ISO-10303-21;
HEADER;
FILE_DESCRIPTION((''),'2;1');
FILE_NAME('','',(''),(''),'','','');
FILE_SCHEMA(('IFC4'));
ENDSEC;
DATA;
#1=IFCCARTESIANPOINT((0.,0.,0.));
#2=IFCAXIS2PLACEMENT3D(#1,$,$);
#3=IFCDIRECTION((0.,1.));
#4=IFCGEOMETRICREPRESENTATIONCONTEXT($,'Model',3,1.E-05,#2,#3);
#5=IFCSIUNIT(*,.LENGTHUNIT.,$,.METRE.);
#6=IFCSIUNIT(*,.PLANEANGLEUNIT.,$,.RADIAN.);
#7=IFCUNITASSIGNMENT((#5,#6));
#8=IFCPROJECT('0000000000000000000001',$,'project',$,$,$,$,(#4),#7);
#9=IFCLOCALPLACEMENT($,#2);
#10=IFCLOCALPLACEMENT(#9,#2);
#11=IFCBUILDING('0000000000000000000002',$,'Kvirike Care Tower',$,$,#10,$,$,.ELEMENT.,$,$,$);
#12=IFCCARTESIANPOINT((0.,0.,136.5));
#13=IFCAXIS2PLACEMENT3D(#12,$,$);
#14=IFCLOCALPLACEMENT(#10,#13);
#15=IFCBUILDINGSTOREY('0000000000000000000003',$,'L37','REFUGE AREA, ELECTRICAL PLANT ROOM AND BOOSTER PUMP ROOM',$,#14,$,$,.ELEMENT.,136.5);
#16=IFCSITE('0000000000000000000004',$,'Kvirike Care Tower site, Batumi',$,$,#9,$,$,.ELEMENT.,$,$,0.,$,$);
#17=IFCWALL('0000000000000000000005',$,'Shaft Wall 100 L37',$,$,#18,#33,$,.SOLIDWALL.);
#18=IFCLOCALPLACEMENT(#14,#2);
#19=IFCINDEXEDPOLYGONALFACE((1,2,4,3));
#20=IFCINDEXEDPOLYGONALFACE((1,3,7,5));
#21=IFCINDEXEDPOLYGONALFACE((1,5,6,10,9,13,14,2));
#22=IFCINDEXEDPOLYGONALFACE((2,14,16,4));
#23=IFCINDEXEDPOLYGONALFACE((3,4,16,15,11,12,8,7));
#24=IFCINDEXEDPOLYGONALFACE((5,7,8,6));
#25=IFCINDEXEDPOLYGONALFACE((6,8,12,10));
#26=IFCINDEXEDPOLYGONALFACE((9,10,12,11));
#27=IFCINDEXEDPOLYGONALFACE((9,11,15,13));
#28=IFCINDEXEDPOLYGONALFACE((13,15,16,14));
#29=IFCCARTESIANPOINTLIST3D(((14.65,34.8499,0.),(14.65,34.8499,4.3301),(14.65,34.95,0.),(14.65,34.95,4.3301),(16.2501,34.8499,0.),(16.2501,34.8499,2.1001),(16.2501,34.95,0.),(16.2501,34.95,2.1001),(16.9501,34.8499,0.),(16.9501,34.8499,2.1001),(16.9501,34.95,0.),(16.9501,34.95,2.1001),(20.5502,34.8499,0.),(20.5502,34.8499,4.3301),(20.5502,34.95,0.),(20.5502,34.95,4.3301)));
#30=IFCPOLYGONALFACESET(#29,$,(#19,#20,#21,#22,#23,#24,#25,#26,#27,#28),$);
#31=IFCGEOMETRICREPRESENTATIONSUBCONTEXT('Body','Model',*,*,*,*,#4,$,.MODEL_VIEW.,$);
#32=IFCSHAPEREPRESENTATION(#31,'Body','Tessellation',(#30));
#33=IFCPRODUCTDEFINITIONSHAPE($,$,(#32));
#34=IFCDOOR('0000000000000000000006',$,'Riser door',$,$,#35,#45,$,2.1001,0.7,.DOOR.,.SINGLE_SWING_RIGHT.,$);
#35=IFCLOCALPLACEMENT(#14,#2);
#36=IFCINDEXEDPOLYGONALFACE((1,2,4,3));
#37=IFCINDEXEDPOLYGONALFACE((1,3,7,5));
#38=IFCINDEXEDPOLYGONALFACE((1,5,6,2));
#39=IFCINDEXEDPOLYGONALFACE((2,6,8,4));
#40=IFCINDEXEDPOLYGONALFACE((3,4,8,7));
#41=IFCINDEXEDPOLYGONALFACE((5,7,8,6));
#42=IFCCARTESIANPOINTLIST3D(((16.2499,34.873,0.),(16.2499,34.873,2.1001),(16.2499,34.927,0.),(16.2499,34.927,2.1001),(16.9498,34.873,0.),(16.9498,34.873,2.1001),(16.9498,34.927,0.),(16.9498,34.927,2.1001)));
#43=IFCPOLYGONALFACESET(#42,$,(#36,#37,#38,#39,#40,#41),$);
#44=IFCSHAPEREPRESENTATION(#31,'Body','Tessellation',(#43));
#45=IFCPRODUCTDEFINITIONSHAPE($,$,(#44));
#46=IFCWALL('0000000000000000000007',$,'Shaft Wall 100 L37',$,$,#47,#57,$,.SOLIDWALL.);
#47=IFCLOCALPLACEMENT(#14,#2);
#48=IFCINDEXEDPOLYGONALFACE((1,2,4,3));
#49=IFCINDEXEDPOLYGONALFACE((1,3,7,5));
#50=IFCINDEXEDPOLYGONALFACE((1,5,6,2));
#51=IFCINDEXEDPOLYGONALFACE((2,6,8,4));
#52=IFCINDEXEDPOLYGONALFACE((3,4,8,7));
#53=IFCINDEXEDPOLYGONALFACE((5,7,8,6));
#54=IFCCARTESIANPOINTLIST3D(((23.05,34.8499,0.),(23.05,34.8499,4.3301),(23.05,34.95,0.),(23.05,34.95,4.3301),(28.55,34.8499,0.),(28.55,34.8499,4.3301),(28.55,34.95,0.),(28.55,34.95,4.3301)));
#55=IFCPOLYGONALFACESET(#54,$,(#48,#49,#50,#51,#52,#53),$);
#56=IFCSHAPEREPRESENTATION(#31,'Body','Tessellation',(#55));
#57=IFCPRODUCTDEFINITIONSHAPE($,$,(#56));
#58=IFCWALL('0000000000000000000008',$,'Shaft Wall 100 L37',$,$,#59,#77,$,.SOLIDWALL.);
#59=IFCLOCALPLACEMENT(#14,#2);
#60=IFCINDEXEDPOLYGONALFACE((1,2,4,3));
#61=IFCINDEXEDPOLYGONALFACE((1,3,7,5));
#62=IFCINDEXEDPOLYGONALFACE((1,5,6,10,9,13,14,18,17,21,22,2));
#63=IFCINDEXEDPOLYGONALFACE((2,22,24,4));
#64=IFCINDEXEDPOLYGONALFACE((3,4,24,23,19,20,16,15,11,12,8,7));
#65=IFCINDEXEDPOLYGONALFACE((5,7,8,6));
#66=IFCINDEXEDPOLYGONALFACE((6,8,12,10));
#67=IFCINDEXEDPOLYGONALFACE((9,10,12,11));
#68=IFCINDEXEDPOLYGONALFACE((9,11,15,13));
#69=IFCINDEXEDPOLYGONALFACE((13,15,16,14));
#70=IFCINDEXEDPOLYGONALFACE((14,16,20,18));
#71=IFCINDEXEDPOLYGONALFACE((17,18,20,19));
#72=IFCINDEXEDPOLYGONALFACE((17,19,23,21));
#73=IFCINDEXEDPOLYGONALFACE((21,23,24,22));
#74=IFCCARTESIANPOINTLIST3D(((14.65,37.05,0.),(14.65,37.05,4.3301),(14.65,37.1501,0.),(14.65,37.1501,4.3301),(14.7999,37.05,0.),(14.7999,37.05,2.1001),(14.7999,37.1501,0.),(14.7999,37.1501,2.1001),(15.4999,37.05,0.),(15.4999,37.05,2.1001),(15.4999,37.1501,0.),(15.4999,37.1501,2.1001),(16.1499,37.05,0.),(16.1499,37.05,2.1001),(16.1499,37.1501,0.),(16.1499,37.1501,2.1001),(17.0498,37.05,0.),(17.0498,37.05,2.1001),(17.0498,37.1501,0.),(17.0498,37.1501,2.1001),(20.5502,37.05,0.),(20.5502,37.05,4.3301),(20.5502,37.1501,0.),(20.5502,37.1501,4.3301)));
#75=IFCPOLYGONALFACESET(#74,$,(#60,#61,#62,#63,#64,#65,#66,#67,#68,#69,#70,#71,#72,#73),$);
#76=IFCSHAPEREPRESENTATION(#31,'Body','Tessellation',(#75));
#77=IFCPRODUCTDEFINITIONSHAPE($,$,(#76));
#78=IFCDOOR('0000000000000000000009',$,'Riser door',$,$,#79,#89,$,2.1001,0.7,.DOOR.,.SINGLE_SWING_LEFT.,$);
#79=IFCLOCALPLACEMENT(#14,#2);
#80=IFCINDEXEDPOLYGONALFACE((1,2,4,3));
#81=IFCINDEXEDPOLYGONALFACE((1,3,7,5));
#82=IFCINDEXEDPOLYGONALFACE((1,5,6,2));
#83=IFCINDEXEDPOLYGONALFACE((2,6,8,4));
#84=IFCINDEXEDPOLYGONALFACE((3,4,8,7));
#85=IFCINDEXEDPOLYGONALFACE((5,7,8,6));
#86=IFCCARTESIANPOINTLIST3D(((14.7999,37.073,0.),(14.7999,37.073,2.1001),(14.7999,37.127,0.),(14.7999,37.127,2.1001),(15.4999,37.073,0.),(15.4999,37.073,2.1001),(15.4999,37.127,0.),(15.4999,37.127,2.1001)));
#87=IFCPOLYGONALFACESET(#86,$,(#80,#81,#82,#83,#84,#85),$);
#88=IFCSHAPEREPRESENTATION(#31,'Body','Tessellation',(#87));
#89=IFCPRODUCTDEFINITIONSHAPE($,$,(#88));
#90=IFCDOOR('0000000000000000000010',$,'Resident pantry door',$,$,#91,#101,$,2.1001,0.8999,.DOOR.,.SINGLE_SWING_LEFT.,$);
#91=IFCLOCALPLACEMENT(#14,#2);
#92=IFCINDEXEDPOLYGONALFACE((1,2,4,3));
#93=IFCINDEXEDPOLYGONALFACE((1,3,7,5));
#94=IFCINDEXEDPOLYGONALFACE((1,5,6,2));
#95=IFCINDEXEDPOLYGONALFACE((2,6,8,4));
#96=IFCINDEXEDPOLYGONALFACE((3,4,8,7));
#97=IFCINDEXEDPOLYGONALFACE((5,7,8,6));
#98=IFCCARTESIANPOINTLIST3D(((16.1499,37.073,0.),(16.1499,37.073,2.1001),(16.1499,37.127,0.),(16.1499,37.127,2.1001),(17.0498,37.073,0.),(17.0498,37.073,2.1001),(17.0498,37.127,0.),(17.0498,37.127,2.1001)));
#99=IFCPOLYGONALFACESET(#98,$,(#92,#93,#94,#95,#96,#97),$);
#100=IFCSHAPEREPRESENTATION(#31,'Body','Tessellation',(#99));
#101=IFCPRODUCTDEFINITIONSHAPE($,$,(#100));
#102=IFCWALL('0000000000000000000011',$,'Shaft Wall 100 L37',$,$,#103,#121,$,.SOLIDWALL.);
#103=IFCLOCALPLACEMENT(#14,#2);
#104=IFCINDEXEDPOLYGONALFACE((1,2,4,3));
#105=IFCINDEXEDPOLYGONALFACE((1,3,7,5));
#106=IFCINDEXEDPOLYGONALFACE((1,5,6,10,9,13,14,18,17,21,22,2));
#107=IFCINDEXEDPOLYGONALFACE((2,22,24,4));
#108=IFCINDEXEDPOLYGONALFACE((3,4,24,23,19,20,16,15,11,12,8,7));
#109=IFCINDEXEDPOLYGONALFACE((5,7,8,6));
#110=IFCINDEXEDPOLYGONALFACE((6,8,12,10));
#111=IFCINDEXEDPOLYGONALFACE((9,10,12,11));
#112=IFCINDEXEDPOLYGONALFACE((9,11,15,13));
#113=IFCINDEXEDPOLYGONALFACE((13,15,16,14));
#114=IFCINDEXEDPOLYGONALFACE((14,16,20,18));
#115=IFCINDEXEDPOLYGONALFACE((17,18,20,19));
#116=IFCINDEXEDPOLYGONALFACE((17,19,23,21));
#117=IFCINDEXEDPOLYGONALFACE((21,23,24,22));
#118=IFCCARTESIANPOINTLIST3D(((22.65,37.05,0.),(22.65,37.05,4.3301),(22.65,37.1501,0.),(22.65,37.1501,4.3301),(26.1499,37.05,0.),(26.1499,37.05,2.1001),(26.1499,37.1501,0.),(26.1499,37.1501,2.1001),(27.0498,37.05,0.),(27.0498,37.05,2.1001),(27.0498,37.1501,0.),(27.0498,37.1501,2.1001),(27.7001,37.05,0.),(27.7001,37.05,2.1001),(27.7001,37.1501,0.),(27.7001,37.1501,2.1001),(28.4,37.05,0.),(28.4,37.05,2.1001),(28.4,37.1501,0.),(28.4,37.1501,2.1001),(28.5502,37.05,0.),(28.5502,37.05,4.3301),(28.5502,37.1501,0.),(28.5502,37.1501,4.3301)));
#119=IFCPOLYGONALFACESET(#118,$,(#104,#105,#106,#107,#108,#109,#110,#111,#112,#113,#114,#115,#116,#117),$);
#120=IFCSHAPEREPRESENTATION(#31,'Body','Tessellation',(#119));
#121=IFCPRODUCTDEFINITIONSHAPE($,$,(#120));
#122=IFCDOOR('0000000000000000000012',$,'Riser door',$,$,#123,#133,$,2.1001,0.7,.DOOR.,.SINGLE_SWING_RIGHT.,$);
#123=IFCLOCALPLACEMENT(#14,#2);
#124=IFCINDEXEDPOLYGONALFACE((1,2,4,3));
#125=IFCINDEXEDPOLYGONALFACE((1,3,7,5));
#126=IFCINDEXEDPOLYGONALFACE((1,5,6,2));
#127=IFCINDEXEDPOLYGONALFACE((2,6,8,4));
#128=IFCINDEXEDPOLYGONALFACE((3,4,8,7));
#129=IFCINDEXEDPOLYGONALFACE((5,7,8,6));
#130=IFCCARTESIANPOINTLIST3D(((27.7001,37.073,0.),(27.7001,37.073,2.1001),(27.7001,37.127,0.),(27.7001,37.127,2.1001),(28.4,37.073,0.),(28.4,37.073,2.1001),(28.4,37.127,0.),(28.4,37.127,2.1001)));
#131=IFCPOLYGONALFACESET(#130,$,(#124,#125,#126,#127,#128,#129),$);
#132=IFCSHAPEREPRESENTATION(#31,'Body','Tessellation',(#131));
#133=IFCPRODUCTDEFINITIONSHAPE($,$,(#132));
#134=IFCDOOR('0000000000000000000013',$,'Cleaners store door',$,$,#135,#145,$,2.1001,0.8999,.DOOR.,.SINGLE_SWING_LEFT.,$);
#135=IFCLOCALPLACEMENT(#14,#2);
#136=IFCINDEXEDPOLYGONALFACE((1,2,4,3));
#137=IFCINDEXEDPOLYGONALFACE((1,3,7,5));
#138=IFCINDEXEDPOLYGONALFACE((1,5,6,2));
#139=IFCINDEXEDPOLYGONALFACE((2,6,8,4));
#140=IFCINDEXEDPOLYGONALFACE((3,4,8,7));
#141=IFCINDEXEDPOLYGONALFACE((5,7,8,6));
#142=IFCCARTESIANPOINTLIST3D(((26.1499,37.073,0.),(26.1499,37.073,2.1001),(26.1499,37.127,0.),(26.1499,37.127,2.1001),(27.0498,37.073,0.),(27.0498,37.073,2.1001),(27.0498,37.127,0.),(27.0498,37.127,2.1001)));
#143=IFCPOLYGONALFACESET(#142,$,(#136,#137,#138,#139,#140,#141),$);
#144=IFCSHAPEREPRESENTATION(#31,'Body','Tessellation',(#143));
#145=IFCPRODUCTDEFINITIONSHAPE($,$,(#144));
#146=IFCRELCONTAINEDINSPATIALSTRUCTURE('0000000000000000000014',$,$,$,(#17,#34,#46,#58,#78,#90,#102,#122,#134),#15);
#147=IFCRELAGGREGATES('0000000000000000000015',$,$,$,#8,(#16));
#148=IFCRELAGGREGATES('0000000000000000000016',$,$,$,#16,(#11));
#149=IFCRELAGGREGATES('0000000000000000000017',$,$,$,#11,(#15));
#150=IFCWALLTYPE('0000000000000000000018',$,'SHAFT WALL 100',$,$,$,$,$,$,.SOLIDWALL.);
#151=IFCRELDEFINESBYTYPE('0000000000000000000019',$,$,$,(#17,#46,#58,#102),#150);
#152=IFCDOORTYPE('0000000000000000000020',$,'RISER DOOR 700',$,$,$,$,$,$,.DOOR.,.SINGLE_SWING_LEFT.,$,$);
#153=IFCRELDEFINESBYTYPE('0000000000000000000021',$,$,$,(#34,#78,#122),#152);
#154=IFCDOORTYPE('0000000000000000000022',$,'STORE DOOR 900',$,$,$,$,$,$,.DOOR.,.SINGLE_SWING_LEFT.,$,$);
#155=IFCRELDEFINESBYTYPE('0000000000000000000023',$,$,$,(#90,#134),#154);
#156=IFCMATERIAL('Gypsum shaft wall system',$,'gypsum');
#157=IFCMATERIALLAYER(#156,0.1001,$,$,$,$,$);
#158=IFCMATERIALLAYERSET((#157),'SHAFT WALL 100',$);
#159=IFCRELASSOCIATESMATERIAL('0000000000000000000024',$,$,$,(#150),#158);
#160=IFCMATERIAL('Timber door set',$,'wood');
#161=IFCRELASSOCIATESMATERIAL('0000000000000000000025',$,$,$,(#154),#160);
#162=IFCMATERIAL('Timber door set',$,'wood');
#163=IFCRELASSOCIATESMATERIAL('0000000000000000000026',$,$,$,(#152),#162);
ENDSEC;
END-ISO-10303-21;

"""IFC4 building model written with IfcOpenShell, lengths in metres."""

from ifc_helpers import new_model, si_unit, direction, frame, frame_2d, origin, place, context, subcontext, project, spatial, rectangle, extrude, material, layer, layer_set, type_object, element, fill, save


model = new_model("IFC4")

# Units and contexts
model_context = context("Model", 3, precision=1e-05, world=origin(), true_north=direction((0.0, 1.0)))
body_context = subcontext(model_context, "Body", "Model", "MODEL_VIEW")
ifc_project = project(units=[si_unit("LENGTHUNIT", "METRE"), si_unit("PLANEANGLEUNIT", "RADIAN")], contexts=[model_context])

# Site, building, storey
site_placement = place(None, origin())
site = spatial("IfcSite", under=ifc_project, at=site_placement, Name="Kvirike Care Tower site, Batumi", CompositionType="ELEMENT", RefElevation=0.0)
building_placement = place(site_placement, origin())
building = spatial("IfcBuilding", under=site, at=building_placement, Name="Kvirike Care Tower", CompositionType="ELEMENT")
storey_placement = place(building_placement, frame((0.0, 0.0, 136.5)))
storey = spatial("IfcBuildingStorey", under=building, at=storey_placement, Name="L37", Description="REFUGE AREA, ELECTRICAL PLANT ROOM AND BOOSTER PUMP ROOM", CompositionType="ELEMENT", Elevation=136.5)

# Shared definitions
ifc_material_1 = material(Name="Gypsum shaft wall system", Category="gypsum")
ifc_layer = layer(ifc_material_1, 0.1001)
ifc_layer_set = layer_set([ifc_layer], Name="SHAFT WALL 100")
wall_type = type_object("IfcWallType", Name="SHAFT WALL 100", PredefinedType="SOLIDWALL", material=ifc_layer_set)

# Shared definitions
ifc_material_2 = material(Name="Timber door set", Category="wood")
door_type_1 = type_object("IfcDoorType", Name="STORE DOOR 900", OperationType="SINGLE_SWING_LEFT", PredefinedType="DOOR", material=ifc_material_2)

# Wall, opening, door
wall_1_placement = place(storey_placement, frame((14.6499, 34.8999, 0.0), z_axis=(0.0, 0.0, 1.0), x_axis=(1.0, 0.0, 0.0)))
wall_1 = element("IfcWall", 1, at=wall_1_placement, inside=storey, type_object=wall_type, Name="Shaft Wall 100 L37", PredefinedType="SOLIDWALL", context=body_context, shape_type="SweptSolid", body=[
    extrude(rectangle(XDim=5.9001, YDim=0.1001, at=frame_2d((2.9502, 0.0))), origin(), (0.0, 0.0, 1.0), 4.3301),
])
opening_1_placement = place(wall_1_placement, frame((1.6001, 0.0, 0.0)))
opening_1 = element("IfcOpeningElement", 2, at=opening_1_placement, cuts=wall_1, PredefinedType="OPENING", context=body_context, shape_type="SweptSolid", body=[
    extrude(rectangle(XDim=0.7, YDim=2.1001, at=frame_2d((0.3501, 1.05))), frame((0.0, 0.0605, 0.0), z_axis=(0.0, -1.0, 0.0), x_axis=(1.0, 0.0, 0.0)), (0.0, 0.0, 1.0), 0.1211),
])
ifc_material_3 = material(Name="Timber door set", Category="wood")
door_type_2 = type_object("IfcDoorType", Name="RISER DOOR 700", OperationType="SINGLE_SWING_LEFT", PredefinedType="DOOR", material=ifc_material_3)
door_1_placement = place(opening_1_placement, frame((0.7, 0.0, 0.0), z_axis=(0.0, 0.0, 1.0), x_axis=(-1.0, 0.0, 0.0)))
door_1 = element("IfcDoor", 3, at=door_1_placement, inside=storey, type_object=door_type_2, Name="Riser door", OperationType="SINGLE_SWING_RIGHT", OverallHeight=2.1001, OverallWidth=0.7, PredefinedType="DOOR", context=body_context, shape_type="SweptSolid", body=[
    extrude(rectangle(XDim=0.7, YDim=2.1001, at=frame_2d((0.3501, 1.05))), frame((0.0, 0.0269, 0.0), z_axis=(0.0, -1.0, 0.0), x_axis=(1.0, 0.0, 0.0)), (0.0, 0.0, 1.0), 0.054),
])
fill(opening_1, door_1)

# Wall
wall_2_placement = place(storey_placement, frame((23.05, 34.8999, 0.0), z_axis=(0.0, 0.0, 1.0), x_axis=(1.0, 0.0, 0.0)))
element("IfcWall", 4, at=wall_2_placement, inside=storey, type_object=wall_type, Name="Shaft Wall 100 L37", PredefinedType="SOLIDWALL", context=body_context, shape_type="SweptSolid", body=[
    extrude(rectangle(XDim=5.5, YDim=0.1001, at=frame_2d((2.75, 0.0))), origin(), (0.0, 0.0, 1.0), 4.3301),
])

# Walls, openings, doors
wall_3_placement = place(storey_placement, frame((14.6499, 37.1001, 0.0), z_axis=(0.0, 0.0, 1.0), x_axis=(1.0, 0.0, 0.0)))
wall_3 = element("IfcWall", 5, at=wall_3_placement, inside=storey, type_object=wall_type, Name="Shaft Wall 100 L37", PredefinedType="SOLIDWALL", context=body_context, shape_type="SweptSolid", body=[
    extrude(rectangle(XDim=5.9001, YDim=0.1001, at=frame_2d((2.9502, 0.0))), origin(), (0.0, 0.0, 1.0), 4.3301),
])
opening_2_placement = place(wall_3_placement, frame((0.1499, 0.0, 0.0)))
opening_2 = element("IfcOpeningElement", 6, at=opening_2_placement, cuts=wall_3, PredefinedType="OPENING", context=body_context, shape_type="SweptSolid", body=[
    extrude(rectangle(XDim=0.7, YDim=2.1001, at=frame_2d((0.3501, 1.05))), frame((0.0, 0.0605, 0.0), z_axis=(0.0, -1.0, 0.0), x_axis=(1.0, 0.0, 0.0)), (0.0, 0.0, 1.0), 0.1211),
])
opening_3_placement = place(wall_3_placement, frame((1.5, 0.0, 0.0)))
opening_3 = element("IfcOpeningElement", 7, at=opening_3_placement, cuts=wall_3, PredefinedType="OPENING", context=body_context, shape_type="SweptSolid", body=[
    extrude(rectangle(XDim=0.8999, YDim=2.1001, at=frame_2d((0.45, 1.05))), frame((0.0, 0.0605, 0.0), z_axis=(0.0, -1.0, 0.0), x_axis=(1.0, 0.0, 0.0)), (0.0, 0.0, 1.0), 0.1211),
])
door_2_placement = place(opening_2_placement, origin())
door_2 = element("IfcDoor", 8, at=door_2_placement, inside=storey, type_object=door_type_2, Name="Riser door", OperationType="SINGLE_SWING_LEFT", OverallHeight=2.1001, OverallWidth=0.7, PredefinedType="DOOR", context=body_context, shape_type="SweptSolid", body=[
    extrude(rectangle(XDim=0.7, YDim=2.1001, at=frame_2d((0.3501, 1.05))), frame((0.0, 0.0269, 0.0), z_axis=(0.0, -1.0, 0.0), x_axis=(1.0, 0.0, 0.0)), (0.0, 0.0, 1.0), 0.054),
])
fill(opening_2, door_2)
door_3_placement = place(opening_3_placement, origin())
door_3 = element("IfcDoor", 9, at=door_3_placement, inside=storey, type_object=door_type_1, Name="Resident pantry door", OperationType="SINGLE_SWING_LEFT", OverallHeight=2.1001, OverallWidth=0.8999, PredefinedType="DOOR", context=body_context, shape_type="SweptSolid", body=[
    extrude(rectangle(XDim=0.8999, YDim=2.1001, at=frame_2d((0.45, 1.05))), frame((0.0, 0.0269, 0.0), z_axis=(0.0, -1.0, 0.0), x_axis=(1.0, 0.0, 0.0)), (0.0, 0.0, 1.0), 0.054),
])
fill(opening_3, door_3)
wall_4_placement = place(storey_placement, frame((22.6499, 37.1001, 0.0), z_axis=(0.0, 0.0, 1.0), x_axis=(1.0, 0.0, 0.0)))
wall_4 = element("IfcWall", 10, at=wall_4_placement, inside=storey, type_object=wall_type, Name="Shaft Wall 100 L37", PredefinedType="SOLIDWALL", context=body_context, shape_type="SweptSolid", body=[
    extrude(rectangle(XDim=5.9001, YDim=0.1001, at=frame_2d((2.9502, 0.0))), origin(), (0.0, 0.0, 1.0), 4.3301),
])
opening_4_placement = place(wall_4_placement, frame((3.5, 0.0, 0.0)))
opening_4 = element("IfcOpeningElement", 11, at=opening_4_placement, cuts=wall_4, PredefinedType="OPENING", context=body_context, shape_type="SweptSolid", body=[
    extrude(rectangle(XDim=0.8999, YDim=2.1001, at=frame_2d((0.45, 1.05))), frame((0.0, 0.0605, 0.0), z_axis=(0.0, -1.0, 0.0), x_axis=(1.0, 0.0, 0.0)), (0.0, 0.0, 1.0), 0.1211),
])
opening_5_placement = place(wall_4_placement, frame((5.05, 0.0, 0.0)))
opening_5 = element("IfcOpeningElement", 12, at=opening_5_placement, cuts=wall_4, PredefinedType="OPENING", context=body_context, shape_type="SweptSolid", body=[
    extrude(rectangle(XDim=0.7, YDim=2.1001, at=frame_2d((0.3501, 1.05))), frame((0.0, 0.0605, 0.0), z_axis=(0.0, -1.0, 0.0), x_axis=(1.0, 0.0, 0.0)), (0.0, 0.0, 1.0), 0.1211),
])
door_4_placement = place(opening_5_placement, origin())
door_4 = element("IfcDoor", 13, at=door_4_placement, inside=storey, type_object=door_type_2, Name="Riser door", OperationType="SINGLE_SWING_RIGHT", OverallHeight=2.1001, OverallWidth=0.7, PredefinedType="DOOR", context=body_context, shape_type="SweptSolid", body=[
    extrude(rectangle(XDim=0.7, YDim=2.1001, at=frame_2d((0.3501, 1.05))), frame((0.0, 0.0269, 0.0), z_axis=(0.0, -1.0, 0.0), x_axis=(1.0, 0.0, 0.0)), (0.0, 0.0, 1.0), 0.054),
])
fill(opening_5, door_4)
door_5_placement = place(opening_4_placement, origin())
door_5 = element("IfcDoor", 14, at=door_5_placement, inside=storey, type_object=door_type_1, Name="Cleaners store door", OperationType="SINGLE_SWING_LEFT", OverallHeight=2.1001, OverallWidth=0.8999, PredefinedType="DOOR", context=body_context, shape_type="SweptSolid", body=[
    extrude(rectangle(XDim=0.8999, YDim=2.1001, at=frame_2d((0.45, 1.05))), frame((0.0, 0.0269, 0.0), z_axis=(0.0, -1.0, 0.0), x_axis=(1.0, 0.0, 0.0)), (0.0, 0.0, 1.0), 0.054),
])
fill(opening_4, door_5)

save(model, "model.ifc")
